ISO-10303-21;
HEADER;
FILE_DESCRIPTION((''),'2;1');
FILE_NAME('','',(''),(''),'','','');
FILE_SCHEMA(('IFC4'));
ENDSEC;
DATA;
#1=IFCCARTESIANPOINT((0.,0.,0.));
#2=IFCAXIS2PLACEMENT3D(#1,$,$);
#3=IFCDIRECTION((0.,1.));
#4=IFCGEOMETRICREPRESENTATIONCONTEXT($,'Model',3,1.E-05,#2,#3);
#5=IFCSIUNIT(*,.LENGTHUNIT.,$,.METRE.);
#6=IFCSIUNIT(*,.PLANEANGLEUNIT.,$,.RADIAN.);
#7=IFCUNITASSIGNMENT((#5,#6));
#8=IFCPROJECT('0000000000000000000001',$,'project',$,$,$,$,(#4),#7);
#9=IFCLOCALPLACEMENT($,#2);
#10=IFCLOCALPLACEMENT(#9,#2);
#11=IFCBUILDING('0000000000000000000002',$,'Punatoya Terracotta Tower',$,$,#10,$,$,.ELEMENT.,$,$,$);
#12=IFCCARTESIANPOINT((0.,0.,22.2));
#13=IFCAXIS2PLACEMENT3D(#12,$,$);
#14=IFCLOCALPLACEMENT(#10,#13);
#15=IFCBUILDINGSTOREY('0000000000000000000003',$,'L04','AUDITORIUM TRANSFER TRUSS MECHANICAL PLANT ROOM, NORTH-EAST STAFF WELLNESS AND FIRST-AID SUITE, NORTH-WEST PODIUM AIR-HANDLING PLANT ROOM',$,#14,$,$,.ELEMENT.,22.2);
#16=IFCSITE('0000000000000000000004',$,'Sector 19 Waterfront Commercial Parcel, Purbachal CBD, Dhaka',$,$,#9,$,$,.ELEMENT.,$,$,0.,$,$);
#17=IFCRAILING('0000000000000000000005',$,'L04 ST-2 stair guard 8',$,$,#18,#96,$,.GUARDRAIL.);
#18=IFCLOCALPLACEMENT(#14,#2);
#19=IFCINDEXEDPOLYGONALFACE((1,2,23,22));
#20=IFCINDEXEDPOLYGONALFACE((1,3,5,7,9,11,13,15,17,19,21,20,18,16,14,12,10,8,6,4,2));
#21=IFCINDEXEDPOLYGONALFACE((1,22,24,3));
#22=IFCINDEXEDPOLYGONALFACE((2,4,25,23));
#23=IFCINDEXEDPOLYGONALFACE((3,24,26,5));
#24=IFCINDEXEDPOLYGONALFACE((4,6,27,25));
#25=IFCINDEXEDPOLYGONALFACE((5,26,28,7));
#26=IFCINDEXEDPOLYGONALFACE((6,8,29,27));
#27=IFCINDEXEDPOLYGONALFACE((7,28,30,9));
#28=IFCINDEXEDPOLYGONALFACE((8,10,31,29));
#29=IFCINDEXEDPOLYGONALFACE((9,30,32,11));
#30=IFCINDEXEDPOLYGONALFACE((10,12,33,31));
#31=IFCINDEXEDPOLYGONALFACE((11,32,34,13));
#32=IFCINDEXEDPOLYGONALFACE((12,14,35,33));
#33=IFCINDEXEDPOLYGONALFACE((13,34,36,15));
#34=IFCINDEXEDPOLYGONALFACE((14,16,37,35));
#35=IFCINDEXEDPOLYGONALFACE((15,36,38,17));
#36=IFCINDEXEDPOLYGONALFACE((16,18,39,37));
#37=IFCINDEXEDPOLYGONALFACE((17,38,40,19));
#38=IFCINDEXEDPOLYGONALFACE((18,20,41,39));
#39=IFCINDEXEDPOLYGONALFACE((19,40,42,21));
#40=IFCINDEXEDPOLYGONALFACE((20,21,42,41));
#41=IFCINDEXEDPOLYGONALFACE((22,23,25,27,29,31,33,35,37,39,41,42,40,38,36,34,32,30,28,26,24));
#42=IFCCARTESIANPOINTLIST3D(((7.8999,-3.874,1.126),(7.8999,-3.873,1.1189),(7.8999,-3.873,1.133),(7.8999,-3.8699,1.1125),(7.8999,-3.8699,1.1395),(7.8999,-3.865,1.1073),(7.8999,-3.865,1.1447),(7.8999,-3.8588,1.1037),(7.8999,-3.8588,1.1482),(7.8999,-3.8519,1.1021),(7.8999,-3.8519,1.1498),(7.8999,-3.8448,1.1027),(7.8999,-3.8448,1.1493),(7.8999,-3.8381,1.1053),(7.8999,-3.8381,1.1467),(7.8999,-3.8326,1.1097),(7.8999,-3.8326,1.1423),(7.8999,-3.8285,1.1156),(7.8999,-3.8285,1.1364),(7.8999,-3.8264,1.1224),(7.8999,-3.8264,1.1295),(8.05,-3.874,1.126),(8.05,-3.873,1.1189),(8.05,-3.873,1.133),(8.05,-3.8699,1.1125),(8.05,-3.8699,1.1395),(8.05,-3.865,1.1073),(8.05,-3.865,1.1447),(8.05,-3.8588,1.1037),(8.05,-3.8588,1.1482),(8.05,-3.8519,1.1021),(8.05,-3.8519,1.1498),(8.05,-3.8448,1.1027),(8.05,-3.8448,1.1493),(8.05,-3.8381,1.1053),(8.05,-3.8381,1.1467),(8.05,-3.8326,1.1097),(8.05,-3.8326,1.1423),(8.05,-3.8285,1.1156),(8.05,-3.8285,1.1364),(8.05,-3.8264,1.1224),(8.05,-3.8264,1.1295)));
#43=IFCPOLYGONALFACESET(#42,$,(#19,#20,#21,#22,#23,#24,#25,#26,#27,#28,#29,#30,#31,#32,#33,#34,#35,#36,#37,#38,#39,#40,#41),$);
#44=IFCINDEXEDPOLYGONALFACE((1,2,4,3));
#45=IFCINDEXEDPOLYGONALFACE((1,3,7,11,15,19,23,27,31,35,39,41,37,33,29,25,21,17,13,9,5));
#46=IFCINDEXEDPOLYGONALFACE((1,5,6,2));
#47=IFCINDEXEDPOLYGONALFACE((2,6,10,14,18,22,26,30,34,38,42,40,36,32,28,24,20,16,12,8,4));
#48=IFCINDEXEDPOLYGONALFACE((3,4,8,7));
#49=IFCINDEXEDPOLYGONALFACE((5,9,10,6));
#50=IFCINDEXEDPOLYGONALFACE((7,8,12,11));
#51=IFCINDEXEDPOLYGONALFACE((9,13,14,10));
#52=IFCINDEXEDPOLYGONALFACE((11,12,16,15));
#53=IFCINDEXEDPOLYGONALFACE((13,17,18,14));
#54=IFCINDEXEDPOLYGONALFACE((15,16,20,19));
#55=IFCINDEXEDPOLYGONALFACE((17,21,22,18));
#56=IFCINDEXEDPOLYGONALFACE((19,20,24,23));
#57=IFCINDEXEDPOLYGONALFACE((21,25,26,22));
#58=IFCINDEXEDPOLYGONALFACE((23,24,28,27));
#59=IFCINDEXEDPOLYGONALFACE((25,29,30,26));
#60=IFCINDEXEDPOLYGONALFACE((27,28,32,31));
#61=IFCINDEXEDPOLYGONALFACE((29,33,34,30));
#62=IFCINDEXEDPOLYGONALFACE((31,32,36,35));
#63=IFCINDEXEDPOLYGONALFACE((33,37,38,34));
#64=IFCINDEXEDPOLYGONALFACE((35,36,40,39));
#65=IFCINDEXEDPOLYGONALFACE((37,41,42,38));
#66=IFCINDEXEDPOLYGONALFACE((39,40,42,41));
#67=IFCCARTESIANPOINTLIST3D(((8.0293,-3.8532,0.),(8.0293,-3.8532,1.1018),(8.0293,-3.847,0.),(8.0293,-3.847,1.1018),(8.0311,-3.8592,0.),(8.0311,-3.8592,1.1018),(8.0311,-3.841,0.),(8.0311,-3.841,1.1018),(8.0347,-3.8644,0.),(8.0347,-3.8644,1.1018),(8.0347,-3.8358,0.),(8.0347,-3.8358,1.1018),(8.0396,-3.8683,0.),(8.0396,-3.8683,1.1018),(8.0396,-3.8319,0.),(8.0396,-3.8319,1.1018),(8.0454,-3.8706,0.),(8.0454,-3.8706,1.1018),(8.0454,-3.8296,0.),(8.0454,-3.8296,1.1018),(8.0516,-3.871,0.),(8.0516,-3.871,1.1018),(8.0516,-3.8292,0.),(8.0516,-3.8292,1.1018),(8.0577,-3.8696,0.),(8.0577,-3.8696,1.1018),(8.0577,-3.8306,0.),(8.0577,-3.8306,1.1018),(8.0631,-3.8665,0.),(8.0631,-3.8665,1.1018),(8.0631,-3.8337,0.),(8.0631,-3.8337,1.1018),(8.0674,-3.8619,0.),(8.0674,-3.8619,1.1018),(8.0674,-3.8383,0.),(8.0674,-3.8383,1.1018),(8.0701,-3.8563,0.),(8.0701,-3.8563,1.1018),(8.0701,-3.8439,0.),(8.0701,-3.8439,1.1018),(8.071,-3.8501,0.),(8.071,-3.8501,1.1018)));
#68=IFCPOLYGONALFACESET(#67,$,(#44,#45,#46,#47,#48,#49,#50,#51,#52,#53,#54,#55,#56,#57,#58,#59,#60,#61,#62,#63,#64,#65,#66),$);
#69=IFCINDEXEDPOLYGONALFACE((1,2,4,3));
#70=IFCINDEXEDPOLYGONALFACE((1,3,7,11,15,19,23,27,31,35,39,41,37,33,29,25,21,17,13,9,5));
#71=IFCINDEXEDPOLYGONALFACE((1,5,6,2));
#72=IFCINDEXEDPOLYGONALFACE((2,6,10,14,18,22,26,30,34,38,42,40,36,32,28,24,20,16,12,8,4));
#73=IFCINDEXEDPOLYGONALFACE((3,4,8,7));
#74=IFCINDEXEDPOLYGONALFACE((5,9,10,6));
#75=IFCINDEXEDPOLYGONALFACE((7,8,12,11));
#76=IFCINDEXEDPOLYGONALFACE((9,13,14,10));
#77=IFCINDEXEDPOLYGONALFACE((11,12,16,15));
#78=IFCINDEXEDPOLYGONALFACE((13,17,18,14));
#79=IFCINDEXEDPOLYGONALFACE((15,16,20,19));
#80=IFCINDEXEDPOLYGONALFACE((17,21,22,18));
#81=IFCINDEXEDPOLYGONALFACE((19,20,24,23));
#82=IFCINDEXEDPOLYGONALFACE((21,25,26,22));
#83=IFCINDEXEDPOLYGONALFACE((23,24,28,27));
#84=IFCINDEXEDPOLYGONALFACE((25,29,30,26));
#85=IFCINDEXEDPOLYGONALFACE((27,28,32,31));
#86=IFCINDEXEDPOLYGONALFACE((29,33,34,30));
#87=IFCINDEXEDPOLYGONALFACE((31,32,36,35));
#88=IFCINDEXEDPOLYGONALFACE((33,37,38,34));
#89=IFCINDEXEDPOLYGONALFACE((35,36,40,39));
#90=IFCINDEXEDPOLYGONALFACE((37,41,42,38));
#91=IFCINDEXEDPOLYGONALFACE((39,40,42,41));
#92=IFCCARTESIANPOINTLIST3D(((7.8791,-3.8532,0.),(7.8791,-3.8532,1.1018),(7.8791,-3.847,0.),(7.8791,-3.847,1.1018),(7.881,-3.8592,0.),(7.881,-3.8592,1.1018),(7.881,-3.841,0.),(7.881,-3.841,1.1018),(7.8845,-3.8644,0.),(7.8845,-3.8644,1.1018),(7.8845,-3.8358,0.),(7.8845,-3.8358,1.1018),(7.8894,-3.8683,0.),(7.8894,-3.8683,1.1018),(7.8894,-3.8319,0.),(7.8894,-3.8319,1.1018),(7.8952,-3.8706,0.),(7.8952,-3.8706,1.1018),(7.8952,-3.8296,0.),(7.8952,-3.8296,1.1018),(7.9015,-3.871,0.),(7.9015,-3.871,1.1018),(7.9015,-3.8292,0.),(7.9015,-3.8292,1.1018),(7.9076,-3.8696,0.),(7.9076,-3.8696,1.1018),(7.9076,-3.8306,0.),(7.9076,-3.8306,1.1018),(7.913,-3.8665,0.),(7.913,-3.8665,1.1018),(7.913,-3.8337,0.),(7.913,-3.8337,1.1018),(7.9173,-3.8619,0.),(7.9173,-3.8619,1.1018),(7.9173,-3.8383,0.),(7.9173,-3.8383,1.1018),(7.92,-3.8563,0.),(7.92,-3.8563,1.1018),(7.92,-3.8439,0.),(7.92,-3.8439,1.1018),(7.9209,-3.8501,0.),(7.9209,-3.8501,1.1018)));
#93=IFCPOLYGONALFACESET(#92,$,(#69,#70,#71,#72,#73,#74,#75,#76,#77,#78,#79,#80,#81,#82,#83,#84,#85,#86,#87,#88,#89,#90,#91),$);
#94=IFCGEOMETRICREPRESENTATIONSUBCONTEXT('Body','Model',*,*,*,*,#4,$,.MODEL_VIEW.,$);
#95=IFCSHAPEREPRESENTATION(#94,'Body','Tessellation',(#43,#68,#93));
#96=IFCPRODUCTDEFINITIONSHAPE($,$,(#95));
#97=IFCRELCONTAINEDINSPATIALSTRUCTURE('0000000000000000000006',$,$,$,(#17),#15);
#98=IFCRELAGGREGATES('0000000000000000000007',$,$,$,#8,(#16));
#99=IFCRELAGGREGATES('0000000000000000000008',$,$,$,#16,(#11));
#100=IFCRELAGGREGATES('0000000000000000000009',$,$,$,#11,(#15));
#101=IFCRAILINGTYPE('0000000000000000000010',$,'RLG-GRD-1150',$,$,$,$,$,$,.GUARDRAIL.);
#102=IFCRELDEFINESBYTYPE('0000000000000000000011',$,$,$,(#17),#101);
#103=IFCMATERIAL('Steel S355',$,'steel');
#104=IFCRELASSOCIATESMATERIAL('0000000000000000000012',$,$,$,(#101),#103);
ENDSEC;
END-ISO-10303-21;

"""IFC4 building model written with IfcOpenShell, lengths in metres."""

from ifc_helpers import new_model, si_unit, direction, frame, origin, origin_2d, place, context, subcontext, project, spatial, circle, extrude, material, type_object, element, save


model = new_model("IFC4")

# Units and contexts
model_context = context("Model", 3, precision=1e-05, world=origin(), true_north=direction((0.0, 1.0)))
body_context = subcontext(model_context, "Body", "Model", "MODEL_VIEW")
ifc_project = project(units=[si_unit("LENGTHUNIT", "METRE"), si_unit("PLANEANGLEUNIT", "RADIAN")], contexts=[model_context])

# Site, building, storey
site_placement = place(None, origin())
site = spatial("IfcSite", under=ifc_project, at=site_placement, Name="Sector 19 Waterfront Commercial Parcel, Purbachal CBD, Dhaka", CompositionType="ELEMENT", RefElevation=0.0)
building_placement = place(site_placement, origin())
building = spatial("IfcBuilding", under=site, at=building_placement, Name="Punatoya Terracotta Tower", CompositionType="ELEMENT")
storey_placement = place(building_placement, frame((0.0, 0.0, 22.2)))
storey = spatial("IfcBuildingStorey", under=building, at=storey_placement, Name="L04", Description="AUDITORIUM TRANSFER TRUSS MECHANICAL PLANT ROOM, NORTH-EAST STAFF WELLNESS AND FIRST-AID SUITE, NORTH-WEST PODIUM AIR-HANDLING PLANT ROOM", CompositionType="ELEMENT", Elevation=22.2)

# Shared definitions
ifc_material_1 = material(Name="Steel S355", Category="steel")

# Railing
railing_type_1 = type_object("IfcRailingType", Name="RLG-GRD-1150", PredefinedType="GUARDRAIL", material=ifc_material_1)
railing_1_placement = place(storey_placement, frame((8.05, -3.8501, 0.0)))
element("IfcRailing", 1, at=railing_1_placement, inside=storey, type_object=railing_type_1, Name="L04 ST-2 stair guard 8", PredefinedType="GUARDRAIL", context=body_context, shape_type="SweptSolid", body=[
    extrude(circle(Radius=0.0239, at=origin_2d()), frame((0.0, 0.0, 1.126), z_axis=(-1.0, 0.0, 0.0), x_axis=(0.0, -1.0, 0.0)), (0.0, 0.0, 1.0), 0.1501),
    extrude(circle(Radius=0.021, at=origin_2d()), origin(), (0.0, 0.0, 1.0), 1.1018),
    extrude(circle(Radius=0.021, at=origin_2d()), frame((-0.1501, 0.0, 0.0)), (0.0, 0.0, 1.0), 1.1018),
])

save(model, "model.ifc")
